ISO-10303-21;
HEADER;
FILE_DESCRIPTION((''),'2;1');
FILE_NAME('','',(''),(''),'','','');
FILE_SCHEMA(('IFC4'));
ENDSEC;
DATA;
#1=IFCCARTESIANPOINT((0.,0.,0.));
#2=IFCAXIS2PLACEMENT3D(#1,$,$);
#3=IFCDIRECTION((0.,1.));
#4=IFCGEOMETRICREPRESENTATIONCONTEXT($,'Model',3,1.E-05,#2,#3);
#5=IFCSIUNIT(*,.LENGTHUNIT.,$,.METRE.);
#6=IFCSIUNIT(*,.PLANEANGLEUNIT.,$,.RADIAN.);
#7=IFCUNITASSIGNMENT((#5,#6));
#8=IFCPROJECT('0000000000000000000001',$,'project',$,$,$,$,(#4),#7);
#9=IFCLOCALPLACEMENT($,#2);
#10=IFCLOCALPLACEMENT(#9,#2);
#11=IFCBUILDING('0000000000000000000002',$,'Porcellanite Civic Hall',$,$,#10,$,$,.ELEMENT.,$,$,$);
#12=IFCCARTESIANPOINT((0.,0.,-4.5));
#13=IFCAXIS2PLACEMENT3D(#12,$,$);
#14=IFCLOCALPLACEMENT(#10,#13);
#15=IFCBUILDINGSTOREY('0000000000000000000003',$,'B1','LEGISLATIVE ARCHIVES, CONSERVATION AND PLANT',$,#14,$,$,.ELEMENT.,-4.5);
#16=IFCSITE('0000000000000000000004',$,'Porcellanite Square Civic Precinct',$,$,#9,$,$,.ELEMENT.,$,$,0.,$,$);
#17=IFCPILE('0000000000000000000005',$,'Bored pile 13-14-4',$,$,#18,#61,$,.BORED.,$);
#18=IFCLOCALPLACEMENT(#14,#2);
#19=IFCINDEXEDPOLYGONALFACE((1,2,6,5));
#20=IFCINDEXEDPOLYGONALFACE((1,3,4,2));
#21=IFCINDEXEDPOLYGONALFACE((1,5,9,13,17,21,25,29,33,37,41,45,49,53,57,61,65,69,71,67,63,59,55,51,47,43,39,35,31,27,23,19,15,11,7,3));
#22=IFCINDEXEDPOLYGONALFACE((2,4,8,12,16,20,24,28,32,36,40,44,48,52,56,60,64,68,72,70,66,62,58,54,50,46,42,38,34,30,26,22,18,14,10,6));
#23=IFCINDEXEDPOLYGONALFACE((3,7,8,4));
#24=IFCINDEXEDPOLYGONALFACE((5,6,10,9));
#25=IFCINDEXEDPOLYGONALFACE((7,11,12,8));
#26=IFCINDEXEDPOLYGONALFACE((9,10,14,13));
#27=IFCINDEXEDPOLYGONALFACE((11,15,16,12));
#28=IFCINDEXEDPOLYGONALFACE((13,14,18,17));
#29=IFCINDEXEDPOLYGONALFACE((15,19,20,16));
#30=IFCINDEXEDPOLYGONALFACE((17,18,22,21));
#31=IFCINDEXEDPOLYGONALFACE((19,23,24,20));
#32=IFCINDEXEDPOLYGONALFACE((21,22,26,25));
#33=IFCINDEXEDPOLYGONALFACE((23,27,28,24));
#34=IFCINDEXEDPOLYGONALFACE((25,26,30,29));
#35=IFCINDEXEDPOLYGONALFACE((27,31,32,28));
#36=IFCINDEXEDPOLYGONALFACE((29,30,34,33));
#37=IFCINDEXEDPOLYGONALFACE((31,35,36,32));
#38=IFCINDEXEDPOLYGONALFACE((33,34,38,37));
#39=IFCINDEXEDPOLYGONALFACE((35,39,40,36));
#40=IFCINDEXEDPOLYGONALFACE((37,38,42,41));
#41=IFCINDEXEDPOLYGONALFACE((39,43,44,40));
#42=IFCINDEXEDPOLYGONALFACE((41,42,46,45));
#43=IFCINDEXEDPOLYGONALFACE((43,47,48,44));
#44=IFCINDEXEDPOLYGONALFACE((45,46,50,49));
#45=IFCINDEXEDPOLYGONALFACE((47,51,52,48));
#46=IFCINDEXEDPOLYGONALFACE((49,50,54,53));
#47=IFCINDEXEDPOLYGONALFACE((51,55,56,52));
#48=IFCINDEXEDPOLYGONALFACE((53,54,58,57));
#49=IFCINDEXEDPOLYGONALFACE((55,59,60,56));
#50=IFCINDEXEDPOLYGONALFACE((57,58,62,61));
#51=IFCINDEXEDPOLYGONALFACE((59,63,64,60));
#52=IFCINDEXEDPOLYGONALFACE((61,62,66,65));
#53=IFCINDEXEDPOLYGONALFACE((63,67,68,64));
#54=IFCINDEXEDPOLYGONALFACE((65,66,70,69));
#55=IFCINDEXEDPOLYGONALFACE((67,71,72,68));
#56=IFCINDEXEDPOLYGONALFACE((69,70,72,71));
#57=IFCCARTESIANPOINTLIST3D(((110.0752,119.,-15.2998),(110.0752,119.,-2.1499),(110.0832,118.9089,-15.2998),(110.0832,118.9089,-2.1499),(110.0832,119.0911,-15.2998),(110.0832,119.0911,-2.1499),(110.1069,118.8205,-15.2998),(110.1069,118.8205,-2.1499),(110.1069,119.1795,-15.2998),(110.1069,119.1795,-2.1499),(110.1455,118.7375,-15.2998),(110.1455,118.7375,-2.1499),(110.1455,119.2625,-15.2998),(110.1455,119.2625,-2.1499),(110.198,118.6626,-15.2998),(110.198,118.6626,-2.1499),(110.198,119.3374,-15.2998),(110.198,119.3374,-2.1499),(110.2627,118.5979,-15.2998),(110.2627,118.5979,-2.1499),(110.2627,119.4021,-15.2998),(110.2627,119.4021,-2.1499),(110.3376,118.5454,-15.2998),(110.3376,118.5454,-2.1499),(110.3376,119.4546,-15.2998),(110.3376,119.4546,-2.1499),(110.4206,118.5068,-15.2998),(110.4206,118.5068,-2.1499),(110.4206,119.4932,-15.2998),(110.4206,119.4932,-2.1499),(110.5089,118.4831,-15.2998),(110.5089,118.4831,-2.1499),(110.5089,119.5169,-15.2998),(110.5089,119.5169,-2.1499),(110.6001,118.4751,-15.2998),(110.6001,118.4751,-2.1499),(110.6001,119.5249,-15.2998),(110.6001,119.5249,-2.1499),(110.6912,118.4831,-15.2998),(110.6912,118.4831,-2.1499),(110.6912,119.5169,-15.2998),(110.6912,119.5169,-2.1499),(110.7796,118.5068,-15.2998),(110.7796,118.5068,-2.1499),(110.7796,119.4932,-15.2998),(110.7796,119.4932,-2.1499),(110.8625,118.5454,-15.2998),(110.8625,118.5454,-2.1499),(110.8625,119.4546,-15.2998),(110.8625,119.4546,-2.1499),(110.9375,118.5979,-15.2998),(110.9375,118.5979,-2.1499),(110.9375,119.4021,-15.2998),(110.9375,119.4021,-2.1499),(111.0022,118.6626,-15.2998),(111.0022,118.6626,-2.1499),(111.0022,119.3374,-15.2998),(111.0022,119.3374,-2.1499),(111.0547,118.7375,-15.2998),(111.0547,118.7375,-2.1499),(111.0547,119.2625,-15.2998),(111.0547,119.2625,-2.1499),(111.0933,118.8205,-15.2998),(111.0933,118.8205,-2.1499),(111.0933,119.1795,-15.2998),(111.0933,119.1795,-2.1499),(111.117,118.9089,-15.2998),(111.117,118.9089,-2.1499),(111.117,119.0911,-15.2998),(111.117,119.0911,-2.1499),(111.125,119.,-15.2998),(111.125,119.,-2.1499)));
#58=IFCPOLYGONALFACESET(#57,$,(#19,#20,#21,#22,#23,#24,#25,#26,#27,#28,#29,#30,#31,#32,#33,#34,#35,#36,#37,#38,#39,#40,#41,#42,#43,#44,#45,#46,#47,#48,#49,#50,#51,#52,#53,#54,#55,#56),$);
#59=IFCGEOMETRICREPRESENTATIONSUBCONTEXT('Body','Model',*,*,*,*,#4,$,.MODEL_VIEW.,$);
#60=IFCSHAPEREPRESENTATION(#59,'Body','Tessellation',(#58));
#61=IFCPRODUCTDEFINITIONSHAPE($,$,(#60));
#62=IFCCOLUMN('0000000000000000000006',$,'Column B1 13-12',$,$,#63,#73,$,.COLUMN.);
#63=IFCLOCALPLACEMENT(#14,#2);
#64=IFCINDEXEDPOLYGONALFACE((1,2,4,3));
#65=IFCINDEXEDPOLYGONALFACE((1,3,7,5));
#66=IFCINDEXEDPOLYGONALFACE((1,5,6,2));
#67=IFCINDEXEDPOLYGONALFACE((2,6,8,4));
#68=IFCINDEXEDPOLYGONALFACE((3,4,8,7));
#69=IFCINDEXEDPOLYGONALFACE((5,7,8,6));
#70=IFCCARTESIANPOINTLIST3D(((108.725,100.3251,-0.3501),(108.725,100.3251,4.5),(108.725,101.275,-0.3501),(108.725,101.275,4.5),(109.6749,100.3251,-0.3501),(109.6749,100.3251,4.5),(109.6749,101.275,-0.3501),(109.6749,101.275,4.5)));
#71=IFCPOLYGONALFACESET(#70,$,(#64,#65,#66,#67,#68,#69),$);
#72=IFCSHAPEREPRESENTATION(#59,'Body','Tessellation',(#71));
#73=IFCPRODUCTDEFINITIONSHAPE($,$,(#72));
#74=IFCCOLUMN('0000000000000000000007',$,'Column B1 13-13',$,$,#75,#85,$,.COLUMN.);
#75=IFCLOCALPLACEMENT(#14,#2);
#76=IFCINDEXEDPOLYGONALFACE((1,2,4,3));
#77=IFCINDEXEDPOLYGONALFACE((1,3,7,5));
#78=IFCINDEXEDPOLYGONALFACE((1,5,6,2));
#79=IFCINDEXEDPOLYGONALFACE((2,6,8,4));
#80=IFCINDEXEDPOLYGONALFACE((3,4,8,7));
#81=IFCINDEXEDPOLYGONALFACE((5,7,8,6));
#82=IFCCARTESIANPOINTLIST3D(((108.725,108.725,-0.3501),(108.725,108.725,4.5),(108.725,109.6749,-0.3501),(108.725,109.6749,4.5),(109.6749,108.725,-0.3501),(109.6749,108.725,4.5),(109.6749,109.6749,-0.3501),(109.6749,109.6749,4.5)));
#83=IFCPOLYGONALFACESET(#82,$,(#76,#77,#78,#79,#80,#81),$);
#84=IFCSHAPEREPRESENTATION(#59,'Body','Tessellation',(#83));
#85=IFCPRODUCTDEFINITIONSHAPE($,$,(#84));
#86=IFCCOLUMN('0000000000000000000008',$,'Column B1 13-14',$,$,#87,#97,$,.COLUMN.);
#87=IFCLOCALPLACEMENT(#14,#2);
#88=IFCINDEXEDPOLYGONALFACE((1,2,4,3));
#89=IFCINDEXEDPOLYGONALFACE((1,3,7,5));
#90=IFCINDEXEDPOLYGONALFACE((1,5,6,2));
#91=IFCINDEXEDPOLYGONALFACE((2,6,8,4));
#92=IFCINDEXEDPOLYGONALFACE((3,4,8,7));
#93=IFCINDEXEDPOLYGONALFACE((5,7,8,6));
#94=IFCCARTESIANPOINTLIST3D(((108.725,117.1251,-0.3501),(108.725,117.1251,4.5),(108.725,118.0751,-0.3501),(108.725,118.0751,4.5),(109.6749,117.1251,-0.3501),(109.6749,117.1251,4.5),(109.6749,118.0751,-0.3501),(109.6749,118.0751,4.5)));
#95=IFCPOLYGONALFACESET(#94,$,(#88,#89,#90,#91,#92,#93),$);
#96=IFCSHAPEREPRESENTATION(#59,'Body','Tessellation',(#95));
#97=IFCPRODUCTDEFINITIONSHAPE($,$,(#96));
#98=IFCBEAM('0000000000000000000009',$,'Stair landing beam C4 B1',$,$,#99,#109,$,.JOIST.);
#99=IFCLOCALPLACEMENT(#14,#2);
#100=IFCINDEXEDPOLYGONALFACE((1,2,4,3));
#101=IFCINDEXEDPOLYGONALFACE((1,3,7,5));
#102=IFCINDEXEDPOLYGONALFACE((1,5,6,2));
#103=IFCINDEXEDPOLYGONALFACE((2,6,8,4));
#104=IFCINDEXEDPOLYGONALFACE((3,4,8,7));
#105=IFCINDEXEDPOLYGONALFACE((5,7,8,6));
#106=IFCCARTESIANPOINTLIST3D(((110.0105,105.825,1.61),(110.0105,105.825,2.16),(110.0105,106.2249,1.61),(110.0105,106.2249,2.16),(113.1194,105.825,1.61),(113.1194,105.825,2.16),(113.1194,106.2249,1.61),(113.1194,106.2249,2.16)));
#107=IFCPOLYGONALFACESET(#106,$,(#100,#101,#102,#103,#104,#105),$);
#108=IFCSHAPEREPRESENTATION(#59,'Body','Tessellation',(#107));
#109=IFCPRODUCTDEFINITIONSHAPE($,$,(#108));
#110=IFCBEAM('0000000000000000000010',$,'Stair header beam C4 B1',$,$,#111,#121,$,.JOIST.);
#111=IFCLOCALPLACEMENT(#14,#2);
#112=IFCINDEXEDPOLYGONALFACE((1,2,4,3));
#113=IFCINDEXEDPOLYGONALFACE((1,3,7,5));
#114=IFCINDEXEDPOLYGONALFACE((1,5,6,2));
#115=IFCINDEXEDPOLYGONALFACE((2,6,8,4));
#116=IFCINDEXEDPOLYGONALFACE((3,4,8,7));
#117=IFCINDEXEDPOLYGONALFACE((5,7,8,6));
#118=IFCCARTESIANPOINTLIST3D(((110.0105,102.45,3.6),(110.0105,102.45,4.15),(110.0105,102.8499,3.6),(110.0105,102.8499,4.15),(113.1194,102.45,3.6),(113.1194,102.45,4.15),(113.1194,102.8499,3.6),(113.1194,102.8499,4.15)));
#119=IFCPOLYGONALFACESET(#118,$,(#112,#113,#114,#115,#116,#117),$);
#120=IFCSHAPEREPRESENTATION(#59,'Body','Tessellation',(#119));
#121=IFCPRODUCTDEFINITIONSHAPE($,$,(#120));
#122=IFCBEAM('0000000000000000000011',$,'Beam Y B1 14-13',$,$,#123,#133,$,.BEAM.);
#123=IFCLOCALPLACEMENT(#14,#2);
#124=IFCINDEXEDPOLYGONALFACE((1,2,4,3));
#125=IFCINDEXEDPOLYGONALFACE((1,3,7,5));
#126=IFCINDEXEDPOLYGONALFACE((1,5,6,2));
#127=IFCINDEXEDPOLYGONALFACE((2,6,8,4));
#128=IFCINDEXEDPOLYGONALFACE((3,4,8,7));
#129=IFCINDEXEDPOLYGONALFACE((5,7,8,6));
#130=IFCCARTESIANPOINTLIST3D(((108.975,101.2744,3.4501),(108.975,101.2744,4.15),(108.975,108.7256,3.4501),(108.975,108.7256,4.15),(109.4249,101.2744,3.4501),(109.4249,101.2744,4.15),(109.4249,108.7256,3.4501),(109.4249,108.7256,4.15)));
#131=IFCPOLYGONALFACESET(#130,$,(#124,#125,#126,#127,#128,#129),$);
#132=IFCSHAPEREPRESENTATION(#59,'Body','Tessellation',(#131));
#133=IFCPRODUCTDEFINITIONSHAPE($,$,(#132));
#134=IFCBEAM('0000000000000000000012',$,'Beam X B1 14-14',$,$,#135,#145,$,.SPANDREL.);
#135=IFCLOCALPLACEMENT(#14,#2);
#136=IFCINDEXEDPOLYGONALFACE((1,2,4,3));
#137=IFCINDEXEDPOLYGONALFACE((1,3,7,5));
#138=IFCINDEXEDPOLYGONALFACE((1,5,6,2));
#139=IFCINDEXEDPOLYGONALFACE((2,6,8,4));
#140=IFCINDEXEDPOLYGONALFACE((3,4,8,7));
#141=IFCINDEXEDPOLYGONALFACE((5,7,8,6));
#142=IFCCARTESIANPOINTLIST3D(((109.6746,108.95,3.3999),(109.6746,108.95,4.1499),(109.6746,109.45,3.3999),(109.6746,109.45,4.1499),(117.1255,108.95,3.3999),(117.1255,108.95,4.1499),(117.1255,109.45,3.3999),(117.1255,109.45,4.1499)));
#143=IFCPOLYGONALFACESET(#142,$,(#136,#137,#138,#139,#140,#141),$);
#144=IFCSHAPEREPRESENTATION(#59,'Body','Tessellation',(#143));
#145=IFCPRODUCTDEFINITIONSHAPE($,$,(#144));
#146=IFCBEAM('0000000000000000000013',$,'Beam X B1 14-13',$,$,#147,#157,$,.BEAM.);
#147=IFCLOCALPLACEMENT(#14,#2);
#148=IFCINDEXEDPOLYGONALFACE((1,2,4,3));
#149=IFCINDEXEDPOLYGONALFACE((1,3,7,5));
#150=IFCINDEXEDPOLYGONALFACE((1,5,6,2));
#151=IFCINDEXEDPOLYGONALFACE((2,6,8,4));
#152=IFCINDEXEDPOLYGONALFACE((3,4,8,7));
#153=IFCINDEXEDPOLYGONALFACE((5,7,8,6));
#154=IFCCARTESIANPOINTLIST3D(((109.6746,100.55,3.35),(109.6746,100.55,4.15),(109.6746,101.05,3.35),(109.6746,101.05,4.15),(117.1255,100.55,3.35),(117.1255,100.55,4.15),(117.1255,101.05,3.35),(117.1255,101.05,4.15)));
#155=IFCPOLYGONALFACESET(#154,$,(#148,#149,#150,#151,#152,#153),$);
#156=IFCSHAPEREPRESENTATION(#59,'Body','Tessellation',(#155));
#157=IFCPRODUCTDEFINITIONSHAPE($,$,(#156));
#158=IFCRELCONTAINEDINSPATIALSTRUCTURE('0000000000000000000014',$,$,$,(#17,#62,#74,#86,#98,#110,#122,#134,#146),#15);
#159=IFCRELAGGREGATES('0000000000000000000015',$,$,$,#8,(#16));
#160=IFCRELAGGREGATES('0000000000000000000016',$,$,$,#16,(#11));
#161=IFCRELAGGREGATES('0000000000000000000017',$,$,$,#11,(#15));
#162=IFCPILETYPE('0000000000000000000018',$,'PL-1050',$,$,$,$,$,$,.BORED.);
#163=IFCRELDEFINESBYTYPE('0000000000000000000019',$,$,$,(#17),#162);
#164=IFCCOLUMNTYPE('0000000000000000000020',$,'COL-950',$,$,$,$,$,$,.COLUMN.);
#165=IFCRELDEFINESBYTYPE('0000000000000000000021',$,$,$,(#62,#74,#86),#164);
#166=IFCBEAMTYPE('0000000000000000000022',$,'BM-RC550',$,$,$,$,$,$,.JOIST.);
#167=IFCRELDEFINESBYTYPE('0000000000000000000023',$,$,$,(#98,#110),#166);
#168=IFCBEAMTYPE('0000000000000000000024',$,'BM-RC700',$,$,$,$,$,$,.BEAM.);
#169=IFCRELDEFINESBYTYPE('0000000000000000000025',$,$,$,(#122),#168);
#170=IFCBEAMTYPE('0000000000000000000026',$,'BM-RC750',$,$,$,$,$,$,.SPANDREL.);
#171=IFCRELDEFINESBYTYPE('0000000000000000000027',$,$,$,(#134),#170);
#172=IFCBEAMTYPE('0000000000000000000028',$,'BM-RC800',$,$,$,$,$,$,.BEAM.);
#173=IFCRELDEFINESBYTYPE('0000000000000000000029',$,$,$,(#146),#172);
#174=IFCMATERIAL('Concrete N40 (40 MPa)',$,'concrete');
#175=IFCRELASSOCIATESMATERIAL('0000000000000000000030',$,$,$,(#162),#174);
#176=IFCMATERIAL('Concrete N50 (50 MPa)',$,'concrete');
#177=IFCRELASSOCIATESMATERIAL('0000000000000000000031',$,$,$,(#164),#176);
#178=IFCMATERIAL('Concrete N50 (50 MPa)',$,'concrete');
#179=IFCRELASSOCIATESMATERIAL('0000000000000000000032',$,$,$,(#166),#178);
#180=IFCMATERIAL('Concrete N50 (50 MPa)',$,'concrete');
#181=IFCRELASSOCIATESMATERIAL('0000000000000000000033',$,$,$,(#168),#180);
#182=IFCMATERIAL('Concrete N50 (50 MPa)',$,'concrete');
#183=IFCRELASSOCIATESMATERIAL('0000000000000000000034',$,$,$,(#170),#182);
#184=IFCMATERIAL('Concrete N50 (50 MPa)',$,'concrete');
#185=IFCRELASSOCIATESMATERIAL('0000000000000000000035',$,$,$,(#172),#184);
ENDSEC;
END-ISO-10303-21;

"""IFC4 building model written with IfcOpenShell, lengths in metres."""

from ifc_helpers import new_model, si_unit, direction, frame, origin, origin_2d, place, context, subcontext, project, spatial, rectangle, circle, extrude, material, material_profile, profile_set, type_object, element, save


model = new_model("IFC4")

# Units and contexts
model_context = context("Model", 3, precision=1e-05, world=origin(), true_north=direction((0.0, 1.0)))
body_context = subcontext(model_context, "Body", "Model", "MODEL_VIEW")
ifc_project = project(units=[si_unit("LENGTHUNIT", "METRE"), si_unit("PLANEANGLEUNIT", "RADIAN")], contexts=[model_context])

# Site, building, storey
site_placement = place(None, origin())
site = spatial("IfcSite", under=ifc_project, at=site_placement, Name="Porcellanite Square Civic Precinct", CompositionType="ELEMENT", RefElevation=0.0)
building_placement = place(site_placement, origin())
building = spatial("IfcBuilding", under=site, at=building_placement, Name="Porcellanite Civic Hall", CompositionType="ELEMENT")
storey_placement = place(building_placement, frame((0.0, 0.0, -4.5)))
storey = spatial("IfcBuildingStorey", under=building, at=storey_placement, Name="B1", Description="LEGISLATIVE ARCHIVES, CONSERVATION AND PLANT", CompositionType="ELEMENT", Elevation=-4.5)

# Pile
ifc_material_1 = material(Name="Concrete N40 (40 MPa)", Category="concrete")
ifc_material_profile_1 = material_profile(ifc_material_1, circle(Radius=0.5249, at=origin_2d()), Name="PILE-D1050")
ifc_profile_set_1 = profile_set([ifc_material_profile_1], Name="Concrete N40 (40 MPa)")
pile_type = type_object("IfcPileType", Name="PL-1050", PredefinedType="BORED", material=ifc_profile_set_1)
for number, where, z_axis, x_axis, name in (
    (1, (110.6001, 119.0, -2.1499), (0.0, 0.0, -1.0), (1.0, 0.0, 0.0), "Bored pile 13-14-4"),
):
    element("IfcPile", number, at=place(storey_placement, frame(where, z_axis=z_axis, x_axis=x_axis)), inside=storey, type_object=pile_type, Name=name, PredefinedType="BORED", context=body_context, shape_type="SweptSolid", body=[
        extrude(circle(Radius=0.5249, at=origin_2d()), origin(), (0.0, 0.0, 1.0), 13.1499),
    ])

# Columns
ifc_material_2 = material(Name="Concrete N50 (50 MPa)", Category="concrete")
ifc_material_profile_2 = material_profile(ifc_material_2, rectangle(XDim=0.95, YDim=0.95, at=origin_2d()), Name="RC-950x950")
ifc_profile_set_2 = profile_set([ifc_material_profile_2], Name="Concrete N50 (50 MPa)")
column_type = type_object("IfcColumnType", Name="COL-950", PredefinedType="COLUMN", material=ifc_profile_set_2)
for number, where, z_axis, x_axis, name in (
    (2, (109.2, 100.8, -0.3501), (0.0, 0.0, 1.0), (1.0, 0.0, 0.0), "Column B1 13-12"),
    (3, (109.2, 109.2, -0.3501), (0.0, 0.0, 1.0), (1.0, 0.0, 0.0), "Column B1 13-13"),
    (4, (109.2, 117.6001, -0.3501), (0.0, 0.0, 1.0), (1.0, 0.0, 0.0), "Column B1 13-14"),
):
    element("IfcColumn", number, at=place(storey_placement, frame(where, z_axis=z_axis, x_axis=x_axis)), inside=storey, type_object=column_type, Name=name, PredefinedType="COLUMN", context=body_context, shape_type="SweptSolid", body=[
        extrude(rectangle(XDim=0.95, YDim=0.95, at=origin_2d()), origin(), (0.0, 0.0, 1.0), 4.8501),
    ])

# Beams
ifc_material_3 = material(Name="Concrete N50 (50 MPa)", Category="concrete")
ifc_material_profile_3 = material_profile(ifc_material_3, rectangle(XDim=0.3999, YDim=0.55, at=origin_2d()), Name="RC-400x550")
ifc_profile_set_3 = profile_set([ifc_material_profile_3], Name="Concrete N50 (50 MPa)")
beam_type_1 = type_object("IfcBeamType", Name="BM-RC550", PredefinedType="JOIST", material=ifc_profile_set_3)
for number, where, z_axis, x_axis, name in (
    (5, (110.0105, 106.0249, 1.885), (1.0, 0.0, 0.0), (0.0, 1.0, 0.0), "Stair landing beam C4 B1"),
    (6, (110.0105, 102.6499, 3.875), (1.0, 0.0, 0.0), (0.0, 1.0, 0.0), "Stair header beam C4 B1"),
):
    element("IfcBeam", number, at=place(storey_placement, frame(where, z_axis=z_axis, x_axis=x_axis)), inside=storey, type_object=beam_type_1, Name=name, PredefinedType="JOIST", context=body_context, shape_type="SweptSolid", body=[
        extrude(rectangle(XDim=0.3999, YDim=0.55, at=origin_2d()), origin(), (0.0, 0.0, 1.0), 3.1089),
    ])
ifc_material_4 = material(Name="Concrete N50 (50 MPa)", Category="concrete")
ifc_material_profile_4 = material_profile(ifc_material_4, rectangle(XDim=0.45, YDim=0.7, at=origin_2d()), Name="RC-450x700")
ifc_profile_set_4 = profile_set([ifc_material_profile_4], Name="Concrete N50 (50 MPa)")
beam_type_2 = type_object("IfcBeamType", Name="BM-RC700", PredefinedType="BEAM", material=ifc_profile_set_4)
beam_1_placement = place(storey_placement, frame((109.2, 101.2744, 3.8), z_axis=(0.0, 1.0, 0.0), x_axis=(-1.0, 0.0, 0.0)))
element("IfcBeam", 7, at=beam_1_placement, inside=storey, type_object=beam_type_2, Name="Beam Y B1 14-13", PredefinedType="BEAM", context=body_context, shape_type="SweptSolid", body=[
    extrude(rectangle(XDim=0.45, YDim=0.7, at=origin_2d()), origin(), (0.0, 0.0, 1.0), 7.4512),
])
ifc_material_5 = material(Name="Concrete N50 (50 MPa)", Category="concrete")
ifc_material_profile_5 = material_profile(ifc_material_5, rectangle(XDim=0.5, YDim=0.75, at=origin_2d()), Name="RC-500x750")
ifc_profile_set_5 = profile_set([ifc_material_profile_5], Name="Concrete N50 (50 MPa)")
beam_type_3 = type_object("IfcBeamType", Name="BM-RC750", PredefinedType="SPANDREL", material=ifc_profile_set_5)
beam_2_placement = place(storey_placement, frame((109.6746, 109.2, 3.7749), z_axis=(1.0, 0.0, 0.0), x_axis=(0.0, 1.0, 0.0)))
element("IfcBeam", 8, at=beam_2_placement, inside=storey, type_object=beam_type_3, Name="Beam X B1 14-14", PredefinedType="SPANDREL", context=body_context, shape_type="SweptSolid", body=[
    extrude(rectangle(XDim=0.5, YDim=0.75, at=origin_2d()), origin(), (0.0, 0.0, 1.0), 7.4509),
])
ifc_material_6 = material(Name="Concrete N50 (50 MPa)", Category="concrete")
ifc_material_profile_6 = material_profile(ifc_material_6, rectangle(XDim=0.5, YDim=0.8, at=origin_2d()), Name="RC-500x800")
ifc_profile_set_6 = profile_set([ifc_material_profile_6], Name="Concrete N50 (50 MPa)")
beam_type_4 = type_object("IfcBeamType", Name="BM-RC800", PredefinedType="BEAM", material=ifc_profile_set_6)
beam_3_placement = place(storey_placement, frame((109.6746, 100.8, 3.75), z_axis=(1.0, 0.0, 0.0), x_axis=(0.0, 1.0, 0.0)))
element("IfcBeam", 9, at=beam_3_placement, inside=storey, type_object=beam_type_4, Name="Beam X B1 14-13", PredefinedType="BEAM", context=body_context, shape_type="SweptSolid", body=[
    extrude(rectangle(XDim=0.5, YDim=0.8, at=origin_2d()), origin(), (0.0, 0.0, 1.0), 7.4509),
])

save(model, "model.ifc")
